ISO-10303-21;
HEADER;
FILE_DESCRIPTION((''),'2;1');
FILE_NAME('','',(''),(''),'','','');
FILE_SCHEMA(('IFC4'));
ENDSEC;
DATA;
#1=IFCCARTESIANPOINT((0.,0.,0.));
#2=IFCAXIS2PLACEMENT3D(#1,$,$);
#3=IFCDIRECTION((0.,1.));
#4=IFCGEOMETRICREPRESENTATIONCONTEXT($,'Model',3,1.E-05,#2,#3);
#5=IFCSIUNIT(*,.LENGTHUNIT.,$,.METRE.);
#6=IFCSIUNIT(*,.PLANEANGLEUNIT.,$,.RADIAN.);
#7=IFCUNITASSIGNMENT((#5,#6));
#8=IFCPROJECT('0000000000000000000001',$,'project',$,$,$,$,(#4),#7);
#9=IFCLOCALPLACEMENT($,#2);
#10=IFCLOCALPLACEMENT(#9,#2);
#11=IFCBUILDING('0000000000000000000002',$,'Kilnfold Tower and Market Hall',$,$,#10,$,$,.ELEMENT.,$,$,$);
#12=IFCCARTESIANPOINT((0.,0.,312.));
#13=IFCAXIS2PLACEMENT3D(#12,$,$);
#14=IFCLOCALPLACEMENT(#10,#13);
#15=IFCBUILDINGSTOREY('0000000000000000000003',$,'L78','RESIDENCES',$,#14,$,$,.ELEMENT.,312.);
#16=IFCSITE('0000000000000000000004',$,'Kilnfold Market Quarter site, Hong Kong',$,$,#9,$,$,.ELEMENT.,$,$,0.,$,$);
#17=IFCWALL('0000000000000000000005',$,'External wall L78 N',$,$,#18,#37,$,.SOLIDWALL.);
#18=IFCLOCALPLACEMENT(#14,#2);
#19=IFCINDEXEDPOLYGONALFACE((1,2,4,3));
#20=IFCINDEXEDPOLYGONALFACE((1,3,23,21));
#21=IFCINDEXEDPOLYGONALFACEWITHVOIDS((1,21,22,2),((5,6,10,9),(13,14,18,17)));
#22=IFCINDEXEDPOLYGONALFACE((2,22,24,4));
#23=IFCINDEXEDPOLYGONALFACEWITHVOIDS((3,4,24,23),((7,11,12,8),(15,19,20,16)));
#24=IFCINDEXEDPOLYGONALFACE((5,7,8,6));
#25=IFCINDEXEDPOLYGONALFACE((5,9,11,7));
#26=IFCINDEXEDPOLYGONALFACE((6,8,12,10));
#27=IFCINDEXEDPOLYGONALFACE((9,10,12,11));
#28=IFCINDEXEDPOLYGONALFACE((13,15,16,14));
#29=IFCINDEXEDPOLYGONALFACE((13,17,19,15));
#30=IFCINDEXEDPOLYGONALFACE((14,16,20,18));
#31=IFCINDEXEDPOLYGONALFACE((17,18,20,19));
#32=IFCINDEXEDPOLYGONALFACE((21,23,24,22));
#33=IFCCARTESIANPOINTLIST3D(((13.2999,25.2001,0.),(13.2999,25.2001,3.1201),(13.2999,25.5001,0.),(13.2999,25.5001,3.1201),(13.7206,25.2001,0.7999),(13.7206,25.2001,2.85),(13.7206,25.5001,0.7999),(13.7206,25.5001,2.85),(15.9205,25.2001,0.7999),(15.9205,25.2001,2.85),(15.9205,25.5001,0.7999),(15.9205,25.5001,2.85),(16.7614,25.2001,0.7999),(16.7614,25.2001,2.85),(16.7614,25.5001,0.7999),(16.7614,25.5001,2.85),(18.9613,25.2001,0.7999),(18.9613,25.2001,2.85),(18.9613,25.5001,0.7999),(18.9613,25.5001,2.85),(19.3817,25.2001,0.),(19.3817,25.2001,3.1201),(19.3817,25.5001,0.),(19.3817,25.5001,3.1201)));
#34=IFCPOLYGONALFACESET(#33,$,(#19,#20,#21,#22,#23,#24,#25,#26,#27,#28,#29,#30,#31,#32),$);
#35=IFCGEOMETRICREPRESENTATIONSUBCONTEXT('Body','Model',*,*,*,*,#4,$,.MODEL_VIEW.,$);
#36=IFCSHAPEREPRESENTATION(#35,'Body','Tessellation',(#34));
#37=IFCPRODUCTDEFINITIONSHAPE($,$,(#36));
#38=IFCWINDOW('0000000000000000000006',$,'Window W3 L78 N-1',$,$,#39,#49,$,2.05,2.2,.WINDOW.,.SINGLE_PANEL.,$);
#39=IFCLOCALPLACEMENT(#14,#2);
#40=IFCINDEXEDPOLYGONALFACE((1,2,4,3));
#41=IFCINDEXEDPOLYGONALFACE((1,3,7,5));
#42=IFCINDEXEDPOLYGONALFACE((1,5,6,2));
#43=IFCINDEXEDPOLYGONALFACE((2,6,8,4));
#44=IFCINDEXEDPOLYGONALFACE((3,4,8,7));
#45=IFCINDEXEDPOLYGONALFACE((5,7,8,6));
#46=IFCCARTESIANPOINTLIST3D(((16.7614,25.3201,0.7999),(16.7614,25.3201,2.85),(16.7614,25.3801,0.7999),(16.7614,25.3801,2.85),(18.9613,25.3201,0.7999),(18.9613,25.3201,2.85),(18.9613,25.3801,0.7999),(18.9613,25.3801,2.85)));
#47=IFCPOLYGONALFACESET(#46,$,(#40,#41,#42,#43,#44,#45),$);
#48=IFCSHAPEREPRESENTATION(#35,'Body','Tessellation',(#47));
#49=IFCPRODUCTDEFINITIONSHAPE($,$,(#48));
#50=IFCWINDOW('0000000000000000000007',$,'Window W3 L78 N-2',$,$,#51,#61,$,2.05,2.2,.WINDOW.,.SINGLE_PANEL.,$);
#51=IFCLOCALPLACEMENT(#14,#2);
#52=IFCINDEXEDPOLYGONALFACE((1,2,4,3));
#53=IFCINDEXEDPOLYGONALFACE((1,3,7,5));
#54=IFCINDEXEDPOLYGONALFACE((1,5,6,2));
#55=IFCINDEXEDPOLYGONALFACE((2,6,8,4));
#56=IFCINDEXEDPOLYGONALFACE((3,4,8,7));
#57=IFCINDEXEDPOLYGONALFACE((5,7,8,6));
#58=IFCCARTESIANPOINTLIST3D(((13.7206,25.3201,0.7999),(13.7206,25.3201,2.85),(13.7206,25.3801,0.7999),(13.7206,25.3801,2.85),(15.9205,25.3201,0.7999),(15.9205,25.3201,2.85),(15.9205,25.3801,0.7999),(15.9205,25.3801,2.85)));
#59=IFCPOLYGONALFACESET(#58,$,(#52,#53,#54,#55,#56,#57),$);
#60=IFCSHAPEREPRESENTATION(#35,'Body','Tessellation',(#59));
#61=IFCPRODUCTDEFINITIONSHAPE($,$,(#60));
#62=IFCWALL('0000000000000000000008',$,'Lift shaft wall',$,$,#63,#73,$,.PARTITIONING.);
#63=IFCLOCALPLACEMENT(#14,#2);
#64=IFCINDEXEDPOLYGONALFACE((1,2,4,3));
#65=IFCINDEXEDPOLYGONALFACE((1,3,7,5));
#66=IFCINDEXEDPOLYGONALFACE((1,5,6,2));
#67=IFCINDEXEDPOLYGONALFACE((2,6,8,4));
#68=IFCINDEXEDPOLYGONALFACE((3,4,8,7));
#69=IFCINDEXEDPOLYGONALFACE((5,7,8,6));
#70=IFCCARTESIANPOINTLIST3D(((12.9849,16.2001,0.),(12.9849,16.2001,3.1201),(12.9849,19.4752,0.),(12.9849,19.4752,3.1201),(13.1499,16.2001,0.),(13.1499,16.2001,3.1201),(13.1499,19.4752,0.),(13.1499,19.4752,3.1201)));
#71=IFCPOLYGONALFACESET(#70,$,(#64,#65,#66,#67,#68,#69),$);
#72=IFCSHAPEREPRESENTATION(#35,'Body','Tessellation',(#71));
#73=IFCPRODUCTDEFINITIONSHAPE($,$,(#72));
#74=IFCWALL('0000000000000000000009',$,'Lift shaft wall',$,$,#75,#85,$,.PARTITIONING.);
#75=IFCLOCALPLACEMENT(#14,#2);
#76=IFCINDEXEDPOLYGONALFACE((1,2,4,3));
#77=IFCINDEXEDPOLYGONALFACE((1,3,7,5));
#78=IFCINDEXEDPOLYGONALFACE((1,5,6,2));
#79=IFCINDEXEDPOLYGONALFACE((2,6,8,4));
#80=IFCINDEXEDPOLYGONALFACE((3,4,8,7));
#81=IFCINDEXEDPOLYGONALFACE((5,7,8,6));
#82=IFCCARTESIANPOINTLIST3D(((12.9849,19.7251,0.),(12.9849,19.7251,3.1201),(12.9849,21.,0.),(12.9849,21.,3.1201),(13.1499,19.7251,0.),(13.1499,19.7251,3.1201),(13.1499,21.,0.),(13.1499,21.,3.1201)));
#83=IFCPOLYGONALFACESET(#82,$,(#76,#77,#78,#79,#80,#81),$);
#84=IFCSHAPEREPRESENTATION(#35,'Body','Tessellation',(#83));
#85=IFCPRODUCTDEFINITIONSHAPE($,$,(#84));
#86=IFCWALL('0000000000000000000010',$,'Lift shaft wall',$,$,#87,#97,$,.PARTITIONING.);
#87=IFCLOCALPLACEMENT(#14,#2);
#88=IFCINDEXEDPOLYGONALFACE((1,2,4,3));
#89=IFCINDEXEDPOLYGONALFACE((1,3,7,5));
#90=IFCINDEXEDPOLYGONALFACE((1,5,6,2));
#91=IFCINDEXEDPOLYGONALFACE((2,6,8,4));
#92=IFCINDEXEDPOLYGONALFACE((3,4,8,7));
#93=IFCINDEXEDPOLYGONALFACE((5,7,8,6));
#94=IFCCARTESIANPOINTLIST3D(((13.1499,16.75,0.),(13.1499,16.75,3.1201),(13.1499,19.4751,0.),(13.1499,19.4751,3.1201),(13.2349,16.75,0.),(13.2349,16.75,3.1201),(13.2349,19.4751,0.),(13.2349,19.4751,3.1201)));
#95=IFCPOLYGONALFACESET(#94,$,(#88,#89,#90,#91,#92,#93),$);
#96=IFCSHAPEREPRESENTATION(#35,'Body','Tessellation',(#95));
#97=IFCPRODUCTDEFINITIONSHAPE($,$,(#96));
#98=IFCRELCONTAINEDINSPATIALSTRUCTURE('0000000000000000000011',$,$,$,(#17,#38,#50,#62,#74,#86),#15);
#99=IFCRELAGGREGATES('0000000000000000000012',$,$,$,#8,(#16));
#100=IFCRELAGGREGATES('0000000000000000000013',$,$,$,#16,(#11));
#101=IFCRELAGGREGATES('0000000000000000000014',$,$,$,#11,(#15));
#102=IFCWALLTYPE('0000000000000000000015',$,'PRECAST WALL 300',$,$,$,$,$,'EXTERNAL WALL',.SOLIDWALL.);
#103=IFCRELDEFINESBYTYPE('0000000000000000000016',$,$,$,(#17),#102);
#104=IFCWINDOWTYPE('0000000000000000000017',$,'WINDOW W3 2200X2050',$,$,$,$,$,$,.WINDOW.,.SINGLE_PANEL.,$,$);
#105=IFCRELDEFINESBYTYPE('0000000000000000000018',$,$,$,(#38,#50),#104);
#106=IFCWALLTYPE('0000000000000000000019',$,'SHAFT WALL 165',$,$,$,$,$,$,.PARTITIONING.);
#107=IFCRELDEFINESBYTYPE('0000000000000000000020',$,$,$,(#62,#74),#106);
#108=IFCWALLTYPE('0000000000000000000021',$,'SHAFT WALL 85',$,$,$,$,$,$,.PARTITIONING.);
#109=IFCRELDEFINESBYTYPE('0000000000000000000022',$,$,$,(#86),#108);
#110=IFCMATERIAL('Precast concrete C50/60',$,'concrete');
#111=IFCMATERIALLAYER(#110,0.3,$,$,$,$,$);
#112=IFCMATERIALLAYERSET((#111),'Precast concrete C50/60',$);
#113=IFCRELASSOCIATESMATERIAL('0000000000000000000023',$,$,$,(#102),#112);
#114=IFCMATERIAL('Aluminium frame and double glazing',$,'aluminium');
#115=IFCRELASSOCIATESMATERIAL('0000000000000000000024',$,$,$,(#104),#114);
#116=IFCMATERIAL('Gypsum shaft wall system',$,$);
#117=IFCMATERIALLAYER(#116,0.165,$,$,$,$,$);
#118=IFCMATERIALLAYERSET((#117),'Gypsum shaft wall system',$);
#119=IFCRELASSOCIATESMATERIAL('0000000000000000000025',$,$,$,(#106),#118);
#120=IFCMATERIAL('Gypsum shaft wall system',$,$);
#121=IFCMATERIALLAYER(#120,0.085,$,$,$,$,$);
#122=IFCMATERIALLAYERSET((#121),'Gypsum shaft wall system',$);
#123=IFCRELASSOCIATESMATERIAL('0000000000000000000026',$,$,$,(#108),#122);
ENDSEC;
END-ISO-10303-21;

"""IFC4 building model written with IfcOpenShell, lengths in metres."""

from ifc_helpers import new_model, si_unit, direction, frame, frame_2d, origin, place, context, subcontext, project, spatial, rectangle, extrude, source, transform, mapped, material, layer, layer_set, type_object, element, fill, save


model = new_model("IFC4")

# Units and contexts
model_context = context("Model", 3, precision=1e-05, world=origin(), true_north=direction((0.0, 1.0)))
body_context = subcontext(model_context, "Body", "Model", "MODEL_VIEW")
ifc_project = project(units=[si_unit("LENGTHUNIT", "METRE"), si_unit("PLANEANGLEUNIT", "RADIAN")], contexts=[model_context])

# Site, building, storey
site_placement = place(None, origin())
site = spatial("IfcSite", under=ifc_project, at=site_placement, Name="Kilnfold Market Quarter site, Hong Kong", CompositionType="ELEMENT", RefElevation=0.0)
building_placement = place(site_placement, origin())
building = spatial("IfcBuilding", under=site, at=building_placement, Name="Kilnfold Tower and Market Hall", CompositionType="ELEMENT")
storey_placement = place(building_placement, frame((0.0, 0.0, 312.0)))
storey = spatial("IfcBuildingStorey", under=building, at=storey_placement, Name="L78", Description="RESIDENCES", CompositionType="ELEMENT", Elevation=312.0)

# Shared definitions
ifc_material_1 = material(Name="Precast concrete C50/60", Category="concrete")
ifc_layer_1 = layer(ifc_material_1, 0.3)
ifc_layer_set_1 = layer_set([ifc_layer_1], Name="Precast concrete C50/60")
wall_type_1 = type_object("IfcWallType", Name="PRECAST WALL 300", ElementType="EXTERNAL WALL", PredefinedType="SOLIDWALL", material=ifc_layer_set_1)
ifc_material_2 = material(Name="Aluminium frame and double glazing", Category="aluminium")
window_type = type_object("IfcWindowType", Name="WINDOW W3 2200X2050", PartitioningType="SINGLE_PANEL", PredefinedType="WINDOW", material=ifc_material_2)

# Wall, openings, windows
shared_shape_1 = source(origin(), body_context, "Body", "SweptSolid", [
    extrude(rectangle(XDim=6.0818, YDim=0.3, at=frame_2d((3.041, 0.0))), origin(), (0.0, 0.0, 1.0), 3.1201),
])
wall_1_placement = place(storey_placement, frame((19.3818, 25.3501, 0.0), z_axis=(0.0, 0.0, 1.0), x_axis=(-1.0, 0.0, 0.0)))
wall_1 = element("IfcWall", 1, at=wall_1_placement, inside=storey, type_object=wall_type_1, Name="External wall L78 N", PredefinedType="SOLIDWALL", context=body_context, shape_type="MappedRepresentation", body=[
    mapped(shared_shape_1, transform((0.0, 0.0, 0.0))),
])
opening_1_placement = place(wall_1_placement, frame((0.4204, 0.0, 0.8)))
opening_1 = element("IfcOpeningElement", 2, at=opening_1_placement, cuts=wall_1, PredefinedType="OPENING", context=body_context, shape_type="SweptSolid", body=[
    extrude(rectangle(XDim=2.2, YDim=2.05, at=frame_2d((1.1001, 1.0249))), frame((0.0, 0.1602, 0.0), z_axis=(0.0, -1.0, 0.0), x_axis=(1.0, 0.0, 0.0)), (0.0, 0.0, 1.0), 0.3201),
])
opening_2_placement = place(wall_1_placement, frame((3.4612, 0.0, 0.8)))
opening_2 = element("IfcOpeningElement", 3, at=opening_2_placement, cuts=wall_1, PredefinedType="OPENING", context=body_context, shape_type="SweptSolid", body=[
    extrude(rectangle(XDim=2.2, YDim=2.05, at=frame_2d((1.1001, 1.0249))), frame((0.0, 0.1602, 0.0), z_axis=(0.0, -1.0, 0.0), x_axis=(1.0, 0.0, 0.0)), (0.0, 0.0, 1.0), 0.3201),
])
window_1_placement = place(opening_1_placement, origin())
window_1 = element("IfcWindow", 4, at=window_1_placement, inside=storey, type_object=window_type, Name="Window W3 L78 N-1", OverallHeight=2.05, OverallWidth=2.2, PartitioningType="SINGLE_PANEL", PredefinedType="WINDOW", context=body_context, shape_type="SweptSolid", body=[
    extrude(rectangle(XDim=2.2, YDim=2.05, at=frame_2d((1.1001, 1.0249))), frame((0.0, 0.03, 0.0), z_axis=(0.0, -1.0, 0.0), x_axis=(1.0, 0.0, 0.0)), (0.0, 0.0, 1.0), 0.0601),
])
fill(opening_1, window_1)
window_2_placement = place(opening_2_placement, origin())
window_2 = element("IfcWindow", 5, at=window_2_placement, inside=storey, type_object=window_type, Name="Window W3 L78 N-2", OverallHeight=2.05, OverallWidth=2.2, PartitioningType="SINGLE_PANEL", PredefinedType="WINDOW", context=body_context, shape_type="SweptSolid", body=[
    extrude(rectangle(XDim=2.2, YDim=2.05, at=frame_2d((1.1001, 1.0249))), frame((0.0, 0.03, 0.0), z_axis=(0.0, -1.0, 0.0), x_axis=(1.0, 0.0, 0.0)), (0.0, 0.0, 1.0), 0.0601),
])
fill(opening_2, window_2)

# Walls
ifc_material_3 = material(Name="Gypsum shaft wall system")
ifc_layer_2 = layer(ifc_material_3, 0.165)
ifc_layer_set_2 = layer_set([ifc_layer_2], Name="Gypsum shaft wall system")
wall_type_2 = type_object("IfcWallType", Name="SHAFT WALL 165", PredefinedType="PARTITIONING", material=ifc_layer_set_2)
shared_shape_2 = source(origin(), body_context, "Body", "SweptSolid", [
    extrude(rectangle(XDim=3.2751, YDim=0.165, at=frame_2d((1.6377, 0.0))), origin(), (0.0, 0.0, 1.0), 3.1201),
])
wall_2_placement = place(storey_placement, frame((13.0674, 16.2, 0.0), z_axis=(0.0, 0.0, 1.0), x_axis=(0.0, 1.0, 0.0)))
element("IfcWall", 6, at=wall_2_placement, inside=storey, type_object=wall_type_2, Name="Lift shaft wall", PredefinedType="PARTITIONING", context=body_context, shape_type="MappedRepresentation", body=[
    mapped(shared_shape_2, transform((0.0, 0.0, 0.0))),
])
shared_shape_3 = source(origin(), body_context, "Body", "SweptSolid", [
    extrude(rectangle(XDim=1.2749, YDim=0.165, at=frame_2d((0.6375, 0.0))), origin(), (0.0, 0.0, 1.0), 3.1201),
])
wall_3_placement = place(storey_placement, frame((13.0674, 19.7251, 0.0), z_axis=(0.0, 0.0, 1.0), x_axis=(0.0, 1.0, 0.0)))
element("IfcWall", 7, at=wall_3_placement, inside=storey, type_object=wall_type_2, Name="Lift shaft wall", PredefinedType="PARTITIONING", context=body_context, shape_type="MappedRepresentation", body=[
    mapped(shared_shape_3, transform((0.0, 0.0, 0.0))),
])
ifc_material_4 = material(Name="Gypsum shaft wall system")
ifc_layer_3 = layer(ifc_material_4, 0.085)
ifc_layer_set_3 = layer_set([ifc_layer_3], Name="Gypsum shaft wall system")
wall_type_3 = type_object("IfcWallType", Name="SHAFT WALL 85", PredefinedType="PARTITIONING", material=ifc_layer_set_3)
shared_shape_4 = source(origin(), body_context, "Body", "SweptSolid", [
    extrude(rectangle(XDim=2.7251, YDim=0.085, at=frame_2d((1.3625, 0.0))), origin(), (0.0, 0.0, 1.0), 3.1201),
])
wall_4_placement = place(storey_placement, frame((13.1924, 16.75, 0.0), z_axis=(0.0, 0.0, 1.0), x_axis=(0.0, 1.0, 0.0)))
element("IfcWall", 8, at=wall_4_placement, inside=storey, type_object=wall_type_3, Name="Lift shaft wall", PredefinedType="PARTITIONING", context=body_context, shape_type="MappedRepresentation", body=[
    mapped(shared_shape_4, transform((0.0, 0.0, 0.0))),
])

save(model, "model.ifc")
